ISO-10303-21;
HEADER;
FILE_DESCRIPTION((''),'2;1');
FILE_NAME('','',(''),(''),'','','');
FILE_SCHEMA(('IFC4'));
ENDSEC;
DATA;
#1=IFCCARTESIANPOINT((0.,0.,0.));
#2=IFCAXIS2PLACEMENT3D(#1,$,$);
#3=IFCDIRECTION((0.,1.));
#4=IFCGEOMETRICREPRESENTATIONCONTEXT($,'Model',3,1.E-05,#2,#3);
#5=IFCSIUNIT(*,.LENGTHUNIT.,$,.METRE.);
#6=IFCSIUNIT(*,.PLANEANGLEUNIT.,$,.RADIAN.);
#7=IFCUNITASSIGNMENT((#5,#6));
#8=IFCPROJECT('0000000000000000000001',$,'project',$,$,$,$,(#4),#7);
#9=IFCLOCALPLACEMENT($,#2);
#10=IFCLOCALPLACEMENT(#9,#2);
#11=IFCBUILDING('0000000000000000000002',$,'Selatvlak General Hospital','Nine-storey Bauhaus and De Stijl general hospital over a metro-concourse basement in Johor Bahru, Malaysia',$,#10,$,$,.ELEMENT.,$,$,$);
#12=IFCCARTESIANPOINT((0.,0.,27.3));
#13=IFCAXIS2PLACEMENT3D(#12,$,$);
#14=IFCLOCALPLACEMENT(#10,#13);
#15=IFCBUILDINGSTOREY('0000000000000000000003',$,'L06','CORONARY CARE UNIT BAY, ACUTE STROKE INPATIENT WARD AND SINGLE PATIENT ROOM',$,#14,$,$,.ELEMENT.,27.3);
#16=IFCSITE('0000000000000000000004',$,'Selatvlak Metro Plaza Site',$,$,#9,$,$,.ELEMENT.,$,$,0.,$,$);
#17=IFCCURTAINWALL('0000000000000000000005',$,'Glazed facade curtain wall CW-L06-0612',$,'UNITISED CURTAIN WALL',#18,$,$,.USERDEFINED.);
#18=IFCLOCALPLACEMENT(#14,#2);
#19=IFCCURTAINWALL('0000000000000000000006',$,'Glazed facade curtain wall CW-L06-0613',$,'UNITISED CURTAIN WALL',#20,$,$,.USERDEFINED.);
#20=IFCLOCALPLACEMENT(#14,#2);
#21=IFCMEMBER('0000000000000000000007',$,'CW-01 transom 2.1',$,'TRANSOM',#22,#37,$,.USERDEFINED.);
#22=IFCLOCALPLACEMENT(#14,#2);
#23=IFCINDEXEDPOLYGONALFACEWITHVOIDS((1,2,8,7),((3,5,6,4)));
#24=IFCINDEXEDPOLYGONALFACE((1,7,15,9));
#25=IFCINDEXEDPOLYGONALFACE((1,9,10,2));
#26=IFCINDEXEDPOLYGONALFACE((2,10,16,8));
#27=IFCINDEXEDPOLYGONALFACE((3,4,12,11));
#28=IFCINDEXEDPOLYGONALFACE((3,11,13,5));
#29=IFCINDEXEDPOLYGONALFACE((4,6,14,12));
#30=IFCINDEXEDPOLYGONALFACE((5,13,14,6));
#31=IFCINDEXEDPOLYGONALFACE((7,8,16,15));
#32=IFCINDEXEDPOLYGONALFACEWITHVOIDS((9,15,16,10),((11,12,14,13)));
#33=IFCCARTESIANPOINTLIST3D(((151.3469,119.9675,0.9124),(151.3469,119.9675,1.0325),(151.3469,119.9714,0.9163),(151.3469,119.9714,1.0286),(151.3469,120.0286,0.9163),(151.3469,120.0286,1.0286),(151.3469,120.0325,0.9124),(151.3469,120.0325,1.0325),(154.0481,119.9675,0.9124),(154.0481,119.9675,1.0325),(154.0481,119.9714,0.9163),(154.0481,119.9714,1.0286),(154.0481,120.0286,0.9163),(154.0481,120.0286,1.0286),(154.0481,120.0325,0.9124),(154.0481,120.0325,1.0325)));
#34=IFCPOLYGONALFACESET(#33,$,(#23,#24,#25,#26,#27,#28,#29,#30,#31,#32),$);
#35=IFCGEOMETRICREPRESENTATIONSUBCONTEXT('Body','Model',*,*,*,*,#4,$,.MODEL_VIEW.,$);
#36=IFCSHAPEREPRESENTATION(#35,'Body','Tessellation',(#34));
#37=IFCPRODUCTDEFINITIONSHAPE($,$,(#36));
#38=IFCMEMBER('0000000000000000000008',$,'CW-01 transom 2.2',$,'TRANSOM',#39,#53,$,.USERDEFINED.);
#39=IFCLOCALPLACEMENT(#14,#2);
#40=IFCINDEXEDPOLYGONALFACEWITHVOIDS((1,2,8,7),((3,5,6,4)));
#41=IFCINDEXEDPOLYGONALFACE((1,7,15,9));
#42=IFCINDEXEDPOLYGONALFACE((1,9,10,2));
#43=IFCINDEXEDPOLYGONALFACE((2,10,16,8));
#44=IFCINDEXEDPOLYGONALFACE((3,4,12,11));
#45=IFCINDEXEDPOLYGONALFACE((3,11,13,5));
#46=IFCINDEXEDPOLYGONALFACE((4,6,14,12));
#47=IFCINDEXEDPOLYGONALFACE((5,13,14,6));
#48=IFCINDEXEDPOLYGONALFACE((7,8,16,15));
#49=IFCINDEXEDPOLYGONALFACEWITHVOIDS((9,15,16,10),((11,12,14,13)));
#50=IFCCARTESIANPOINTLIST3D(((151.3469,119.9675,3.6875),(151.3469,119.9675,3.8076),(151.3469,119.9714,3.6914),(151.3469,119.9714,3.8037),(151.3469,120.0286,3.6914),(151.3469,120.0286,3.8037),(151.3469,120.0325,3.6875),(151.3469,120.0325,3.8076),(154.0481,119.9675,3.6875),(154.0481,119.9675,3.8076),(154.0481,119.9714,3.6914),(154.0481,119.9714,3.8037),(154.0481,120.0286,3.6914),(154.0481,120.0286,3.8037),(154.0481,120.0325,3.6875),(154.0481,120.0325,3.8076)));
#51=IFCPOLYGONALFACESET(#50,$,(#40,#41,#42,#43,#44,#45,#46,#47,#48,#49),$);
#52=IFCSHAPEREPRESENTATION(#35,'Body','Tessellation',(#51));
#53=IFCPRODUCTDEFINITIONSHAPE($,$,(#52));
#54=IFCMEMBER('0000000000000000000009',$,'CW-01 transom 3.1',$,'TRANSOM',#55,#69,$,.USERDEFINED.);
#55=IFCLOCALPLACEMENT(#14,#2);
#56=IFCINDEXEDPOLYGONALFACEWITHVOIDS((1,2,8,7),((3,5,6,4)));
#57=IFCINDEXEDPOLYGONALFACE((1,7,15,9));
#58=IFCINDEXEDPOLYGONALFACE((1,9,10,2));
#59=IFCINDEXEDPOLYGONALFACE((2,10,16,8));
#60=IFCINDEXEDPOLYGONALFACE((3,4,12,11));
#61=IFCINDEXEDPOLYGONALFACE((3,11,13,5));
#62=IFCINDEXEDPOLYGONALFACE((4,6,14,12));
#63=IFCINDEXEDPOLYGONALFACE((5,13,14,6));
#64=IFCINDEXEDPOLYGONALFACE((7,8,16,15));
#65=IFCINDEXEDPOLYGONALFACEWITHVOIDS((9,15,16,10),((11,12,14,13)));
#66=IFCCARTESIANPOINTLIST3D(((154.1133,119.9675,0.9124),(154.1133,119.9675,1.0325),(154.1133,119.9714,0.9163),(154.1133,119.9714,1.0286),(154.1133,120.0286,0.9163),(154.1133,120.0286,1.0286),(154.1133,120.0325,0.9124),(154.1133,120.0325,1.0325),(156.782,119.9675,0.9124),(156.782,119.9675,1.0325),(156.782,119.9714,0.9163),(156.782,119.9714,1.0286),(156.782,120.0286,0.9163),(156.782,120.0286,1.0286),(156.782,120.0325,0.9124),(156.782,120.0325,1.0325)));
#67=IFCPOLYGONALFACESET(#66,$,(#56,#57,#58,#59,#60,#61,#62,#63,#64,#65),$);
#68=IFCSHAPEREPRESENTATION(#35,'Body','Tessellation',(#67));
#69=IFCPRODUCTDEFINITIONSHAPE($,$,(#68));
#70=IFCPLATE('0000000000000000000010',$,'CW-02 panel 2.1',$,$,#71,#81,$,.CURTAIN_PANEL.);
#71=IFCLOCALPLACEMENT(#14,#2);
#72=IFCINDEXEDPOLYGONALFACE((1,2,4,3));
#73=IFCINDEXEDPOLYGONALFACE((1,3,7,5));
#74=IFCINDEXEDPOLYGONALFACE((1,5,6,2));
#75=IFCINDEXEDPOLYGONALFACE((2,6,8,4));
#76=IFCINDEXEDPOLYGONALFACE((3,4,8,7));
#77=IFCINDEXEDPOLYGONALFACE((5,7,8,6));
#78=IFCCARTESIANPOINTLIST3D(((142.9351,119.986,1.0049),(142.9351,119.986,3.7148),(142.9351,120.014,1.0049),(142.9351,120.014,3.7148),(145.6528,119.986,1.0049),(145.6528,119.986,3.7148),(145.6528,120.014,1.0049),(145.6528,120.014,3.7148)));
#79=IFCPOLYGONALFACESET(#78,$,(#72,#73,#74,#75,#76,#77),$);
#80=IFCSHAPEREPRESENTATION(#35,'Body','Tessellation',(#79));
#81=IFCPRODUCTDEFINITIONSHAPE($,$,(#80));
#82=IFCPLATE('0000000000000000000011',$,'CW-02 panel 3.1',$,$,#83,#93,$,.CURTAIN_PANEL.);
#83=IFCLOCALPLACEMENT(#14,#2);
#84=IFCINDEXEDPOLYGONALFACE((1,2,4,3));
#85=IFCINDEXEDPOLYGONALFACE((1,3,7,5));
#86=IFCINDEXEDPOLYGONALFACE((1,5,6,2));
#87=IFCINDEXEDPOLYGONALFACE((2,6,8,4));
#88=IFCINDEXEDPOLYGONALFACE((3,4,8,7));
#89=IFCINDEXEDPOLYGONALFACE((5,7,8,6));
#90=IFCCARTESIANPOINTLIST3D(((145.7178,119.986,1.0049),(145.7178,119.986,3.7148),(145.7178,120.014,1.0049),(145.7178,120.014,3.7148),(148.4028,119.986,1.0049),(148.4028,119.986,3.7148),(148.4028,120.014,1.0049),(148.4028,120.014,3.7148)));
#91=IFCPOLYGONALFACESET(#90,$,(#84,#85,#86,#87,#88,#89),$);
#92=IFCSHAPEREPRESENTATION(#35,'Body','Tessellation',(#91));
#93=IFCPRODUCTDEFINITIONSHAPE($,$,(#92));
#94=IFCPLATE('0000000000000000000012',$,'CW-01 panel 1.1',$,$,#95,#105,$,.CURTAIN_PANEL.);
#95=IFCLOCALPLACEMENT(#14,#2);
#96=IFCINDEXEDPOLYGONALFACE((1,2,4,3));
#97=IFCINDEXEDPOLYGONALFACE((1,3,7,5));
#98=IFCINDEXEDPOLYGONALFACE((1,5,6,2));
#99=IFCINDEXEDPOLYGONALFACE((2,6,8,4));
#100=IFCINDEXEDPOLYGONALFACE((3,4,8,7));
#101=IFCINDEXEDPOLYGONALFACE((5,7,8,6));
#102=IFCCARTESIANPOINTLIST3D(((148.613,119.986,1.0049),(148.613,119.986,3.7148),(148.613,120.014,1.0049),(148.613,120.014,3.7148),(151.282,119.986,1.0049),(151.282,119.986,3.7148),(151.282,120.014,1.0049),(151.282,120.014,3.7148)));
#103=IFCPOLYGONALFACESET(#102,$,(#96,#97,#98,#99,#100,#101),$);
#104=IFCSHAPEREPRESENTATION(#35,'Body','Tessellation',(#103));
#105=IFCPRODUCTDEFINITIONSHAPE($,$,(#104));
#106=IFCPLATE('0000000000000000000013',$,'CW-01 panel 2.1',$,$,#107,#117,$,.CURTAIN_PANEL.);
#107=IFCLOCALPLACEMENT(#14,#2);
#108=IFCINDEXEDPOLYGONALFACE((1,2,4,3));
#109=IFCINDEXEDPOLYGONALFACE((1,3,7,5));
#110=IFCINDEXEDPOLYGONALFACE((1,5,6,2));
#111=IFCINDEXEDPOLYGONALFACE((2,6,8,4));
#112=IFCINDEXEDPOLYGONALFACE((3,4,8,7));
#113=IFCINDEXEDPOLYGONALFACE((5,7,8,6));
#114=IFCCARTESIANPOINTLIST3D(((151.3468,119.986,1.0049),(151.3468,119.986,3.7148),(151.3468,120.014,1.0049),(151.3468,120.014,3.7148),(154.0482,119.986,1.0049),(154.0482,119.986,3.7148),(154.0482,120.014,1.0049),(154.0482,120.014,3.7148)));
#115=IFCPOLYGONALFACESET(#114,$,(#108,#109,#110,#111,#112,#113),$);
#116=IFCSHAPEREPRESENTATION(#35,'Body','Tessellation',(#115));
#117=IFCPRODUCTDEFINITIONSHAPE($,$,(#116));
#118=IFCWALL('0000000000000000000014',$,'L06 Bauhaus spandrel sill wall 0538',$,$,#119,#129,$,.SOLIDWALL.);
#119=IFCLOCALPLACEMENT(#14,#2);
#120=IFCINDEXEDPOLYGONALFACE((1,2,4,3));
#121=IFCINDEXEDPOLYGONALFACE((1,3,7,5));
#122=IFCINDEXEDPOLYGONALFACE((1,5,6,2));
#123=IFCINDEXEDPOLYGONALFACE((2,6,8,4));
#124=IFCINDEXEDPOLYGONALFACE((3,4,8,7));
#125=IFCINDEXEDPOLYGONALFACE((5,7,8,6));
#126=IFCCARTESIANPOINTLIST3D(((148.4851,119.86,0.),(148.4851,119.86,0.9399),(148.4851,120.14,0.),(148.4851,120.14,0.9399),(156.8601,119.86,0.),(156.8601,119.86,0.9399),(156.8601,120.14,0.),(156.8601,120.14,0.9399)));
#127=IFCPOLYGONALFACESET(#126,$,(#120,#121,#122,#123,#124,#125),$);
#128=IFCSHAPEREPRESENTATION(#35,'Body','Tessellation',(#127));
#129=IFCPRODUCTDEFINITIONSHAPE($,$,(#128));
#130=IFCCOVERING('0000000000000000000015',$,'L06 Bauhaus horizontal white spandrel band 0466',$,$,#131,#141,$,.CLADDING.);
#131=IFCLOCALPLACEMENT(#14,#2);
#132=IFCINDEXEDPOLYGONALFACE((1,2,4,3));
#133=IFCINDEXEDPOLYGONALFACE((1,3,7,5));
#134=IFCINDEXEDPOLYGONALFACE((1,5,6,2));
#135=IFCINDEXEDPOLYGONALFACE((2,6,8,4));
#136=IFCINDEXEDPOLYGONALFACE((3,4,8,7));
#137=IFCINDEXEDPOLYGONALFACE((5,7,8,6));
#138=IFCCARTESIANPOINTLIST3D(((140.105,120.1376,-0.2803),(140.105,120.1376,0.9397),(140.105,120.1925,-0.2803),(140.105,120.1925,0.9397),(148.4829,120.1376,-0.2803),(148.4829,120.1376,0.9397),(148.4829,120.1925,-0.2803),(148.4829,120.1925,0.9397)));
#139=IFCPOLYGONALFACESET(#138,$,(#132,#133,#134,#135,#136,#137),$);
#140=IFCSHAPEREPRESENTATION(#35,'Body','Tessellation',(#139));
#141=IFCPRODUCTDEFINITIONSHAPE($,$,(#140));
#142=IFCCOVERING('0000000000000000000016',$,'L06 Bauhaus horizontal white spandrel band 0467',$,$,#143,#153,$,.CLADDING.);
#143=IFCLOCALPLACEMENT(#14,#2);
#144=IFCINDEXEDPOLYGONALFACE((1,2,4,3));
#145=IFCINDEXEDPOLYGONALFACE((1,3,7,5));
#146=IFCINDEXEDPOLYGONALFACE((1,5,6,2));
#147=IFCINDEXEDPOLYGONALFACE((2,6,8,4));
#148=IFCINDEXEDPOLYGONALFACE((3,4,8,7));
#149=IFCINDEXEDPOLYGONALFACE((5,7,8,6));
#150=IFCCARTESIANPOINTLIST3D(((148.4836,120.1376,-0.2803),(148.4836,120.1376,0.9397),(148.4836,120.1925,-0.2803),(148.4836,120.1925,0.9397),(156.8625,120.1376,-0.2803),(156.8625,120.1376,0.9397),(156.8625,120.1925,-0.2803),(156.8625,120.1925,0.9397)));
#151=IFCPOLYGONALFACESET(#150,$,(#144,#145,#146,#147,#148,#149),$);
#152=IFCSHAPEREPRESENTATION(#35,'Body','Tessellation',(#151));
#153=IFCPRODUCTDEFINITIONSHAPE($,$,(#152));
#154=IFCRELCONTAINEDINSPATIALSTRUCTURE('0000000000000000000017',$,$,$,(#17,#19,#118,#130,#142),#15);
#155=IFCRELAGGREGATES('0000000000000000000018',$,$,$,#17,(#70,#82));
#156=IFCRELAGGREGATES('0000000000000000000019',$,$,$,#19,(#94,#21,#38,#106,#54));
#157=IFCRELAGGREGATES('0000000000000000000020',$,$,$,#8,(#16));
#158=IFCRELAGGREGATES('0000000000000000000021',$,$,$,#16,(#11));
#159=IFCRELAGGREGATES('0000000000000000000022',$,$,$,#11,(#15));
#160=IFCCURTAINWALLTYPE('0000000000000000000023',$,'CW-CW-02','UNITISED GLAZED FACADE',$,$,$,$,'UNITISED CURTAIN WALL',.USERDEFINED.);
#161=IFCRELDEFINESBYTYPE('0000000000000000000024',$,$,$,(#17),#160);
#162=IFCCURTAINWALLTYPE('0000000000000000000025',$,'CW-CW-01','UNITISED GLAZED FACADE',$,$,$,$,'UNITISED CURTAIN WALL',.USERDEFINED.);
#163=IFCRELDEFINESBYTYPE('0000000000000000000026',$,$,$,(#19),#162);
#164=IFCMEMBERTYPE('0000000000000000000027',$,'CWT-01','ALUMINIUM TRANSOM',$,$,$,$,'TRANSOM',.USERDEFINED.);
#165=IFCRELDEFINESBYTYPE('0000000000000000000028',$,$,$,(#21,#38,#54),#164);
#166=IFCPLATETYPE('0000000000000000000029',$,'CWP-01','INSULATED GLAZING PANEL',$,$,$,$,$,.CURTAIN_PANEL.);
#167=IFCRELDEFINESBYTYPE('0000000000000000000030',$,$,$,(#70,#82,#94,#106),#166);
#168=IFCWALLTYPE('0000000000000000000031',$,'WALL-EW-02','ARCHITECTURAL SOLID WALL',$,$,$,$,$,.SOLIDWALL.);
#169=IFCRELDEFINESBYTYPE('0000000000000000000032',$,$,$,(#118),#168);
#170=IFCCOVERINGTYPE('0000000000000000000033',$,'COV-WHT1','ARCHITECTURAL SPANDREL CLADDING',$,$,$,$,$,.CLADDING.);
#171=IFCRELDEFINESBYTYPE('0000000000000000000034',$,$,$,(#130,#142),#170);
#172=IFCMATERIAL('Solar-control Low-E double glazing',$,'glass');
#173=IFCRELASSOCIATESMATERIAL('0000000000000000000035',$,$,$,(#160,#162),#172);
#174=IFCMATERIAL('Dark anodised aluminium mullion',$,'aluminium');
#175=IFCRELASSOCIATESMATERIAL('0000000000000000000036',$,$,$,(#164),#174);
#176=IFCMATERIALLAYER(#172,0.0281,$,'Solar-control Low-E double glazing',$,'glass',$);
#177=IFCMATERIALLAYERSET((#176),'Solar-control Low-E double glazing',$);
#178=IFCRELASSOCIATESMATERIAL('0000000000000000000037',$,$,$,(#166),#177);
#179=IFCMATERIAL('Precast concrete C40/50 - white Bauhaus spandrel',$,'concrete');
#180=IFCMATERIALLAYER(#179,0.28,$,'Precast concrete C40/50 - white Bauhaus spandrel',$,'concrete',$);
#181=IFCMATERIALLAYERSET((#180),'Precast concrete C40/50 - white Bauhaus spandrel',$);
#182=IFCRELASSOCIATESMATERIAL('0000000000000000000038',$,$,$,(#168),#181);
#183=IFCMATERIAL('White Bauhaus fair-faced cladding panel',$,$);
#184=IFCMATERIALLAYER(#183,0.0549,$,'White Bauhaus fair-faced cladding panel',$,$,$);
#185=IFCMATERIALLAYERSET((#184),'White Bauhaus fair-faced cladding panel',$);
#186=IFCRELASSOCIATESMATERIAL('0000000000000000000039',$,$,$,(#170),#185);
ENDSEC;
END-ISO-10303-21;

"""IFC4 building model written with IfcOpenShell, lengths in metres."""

from ifc_helpers import new_model, si_unit, direction, frame, frame_2d, origin, origin_2d, place, context, subcontext, project, spatial, rectangle, hollow_rectangle, extrude, material, layer, layer_set, material_profile, profile_set, type_object, element, aggregate, save


model = new_model("IFC4")

# Units and contexts
model_context = context("Model", 3, precision=1e-05, world=origin(), true_north=direction((0.0, 1.0)))
body_context = subcontext(model_context, "Body", "Model", "MODEL_VIEW")
ifc_project = project(units=[si_unit("LENGTHUNIT", "METRE"), si_unit("PLANEANGLEUNIT", "RADIAN")], contexts=[model_context])

# Site, building, storey
site_placement = place(None, origin())
site = spatial("IfcSite", under=ifc_project, at=site_placement, Name="Selatvlak Metro Plaza Site", CompositionType="ELEMENT", RefElevation=0.0)
building_placement = place(site_placement, origin())
building = spatial("IfcBuilding", under=site, at=building_placement, Name="Selatvlak General Hospital", Description="Nine-storey Bauhaus and De Stijl general hospital over a metro-concourse basement in Johor Bahru, Malaysia", CompositionType="ELEMENT")
storey_placement = place(building_placement, frame((0.0, 0.0, 27.3)))
storey = spatial("IfcBuildingStorey", under=building, at=storey_placement, Name="L06", Description="CORONARY CARE UNIT BAY, ACUTE STROKE INPATIENT WARD AND SINGLE PATIENT ROOM", CompositionType="ELEMENT", Elevation=27.3)

# Curtain walls
ifc_material_1 = material(Name="Solar-control Low-E double glazing", Category="glass")
curtain_wall_type_1 = type_object("IfcCurtainWallType", Name="CW-CW-02", Description="UNITISED GLAZED FACADE", ElementType="UNITISED CURTAIN WALL", PredefinedType="USERDEFINED", material=ifc_material_1)
curtain_wall_1_placement = place(storey_placement, origin())
curtain_wall_1 = element("IfcCurtainWall", 1, at=curtain_wall_1_placement, inside=storey, type_object=curtain_wall_type_1, Name="Glazed facade curtain wall CW-L06-0612", ObjectType="UNITISED CURTAIN WALL", PredefinedType="USERDEFINED")
ifc_material_2 = material(Name="Dark anodised aluminium mullion", Category="aluminium")
curtain_wall_type_2 = type_object("IfcCurtainWallType", Name="CW-CW-01", Description="UNITISED GLAZED FACADE", ElementType="UNITISED CURTAIN WALL", PredefinedType="USERDEFINED", material=ifc_material_1)
curtain_wall_2_placement = place(storey_placement, origin())
curtain_wall_2 = element("IfcCurtainWall", 2, at=curtain_wall_2_placement, inside=storey, type_object=curtain_wall_type_2, Name="Glazed facade curtain wall CW-L06-0613", ObjectType="UNITISED CURTAIN WALL", PredefinedType="USERDEFINED")

# Members
ifc_material_profile_1 = material_profile(ifc_material_2, hollow_rectangle(XDim=0.0649, YDim=0.1201, WallThickness=0.0039, at=origin_2d()), Name="AL-TRN 65x120x4")
ifc_profile_set_1 = profile_set([ifc_material_profile_1], Name="Dark anodised aluminium mullion")
member_type_1 = type_object("IfcMemberType", Name="CWT-01", Description="ALUMINIUM TRANSOM", ElementType="TRANSOM", PredefinedType="USERDEFINED", material=ifc_profile_set_1)
member_1_placement = place(storey_placement, frame((151.3469, 120.0, 0.9724), z_axis=(1.0, 0.0, 0.0), x_axis=(0.0, 1.0, 0.0)))
member_1 = element("IfcMember", 3, at=member_1_placement, type_object=member_type_1, Name="CW-01 transom 2.1", ObjectType="TRANSOM", PredefinedType="USERDEFINED", context=body_context, shape_type="SweptSolid", body=[
    extrude(hollow_rectangle(XDim=0.0649, YDim=0.1201, WallThickness=0.0039, at=origin_2d()), origin(), (0.0, 0.0, 1.0), 2.7012),
])
member_2_placement = place(storey_placement, frame((151.3469, 120.0, 3.7476), z_axis=(1.0, 0.0, 0.0), x_axis=(0.0, 1.0, 0.0)))
member_2 = element("IfcMember", 4, at=member_2_placement, type_object=member_type_1, Name="CW-01 transom 2.2", ObjectType="TRANSOM", PredefinedType="USERDEFINED", context=body_context, shape_type="SweptSolid", body=[
    extrude(hollow_rectangle(XDim=0.0649, YDim=0.1201, WallThickness=0.0039, at=origin_2d()), origin(), (0.0, 0.0, 1.0), 2.7012),
])
member_3_placement = place(storey_placement, frame((154.1133, 120.0, 0.9724), z_axis=(1.0, 0.0, 0.0), x_axis=(0.0, 1.0, 0.0)))
member_3 = element("IfcMember", 5, at=member_3_placement, type_object=member_type_1, Name="CW-01 transom 3.1", ObjectType="TRANSOM", PredefinedType="USERDEFINED", context=body_context, shape_type="SweptSolid", body=[
    extrude(hollow_rectangle(XDim=0.0649, YDim=0.1201, WallThickness=0.0039, at=origin_2d()), origin(), (0.0, 0.0, 1.0), 2.6687),
])

# Plates
ifc_layer_1 = layer(ifc_material_1, 0.0281, Name="Solar-control Low-E double glazing", Category="glass")
ifc_layer_set_1 = layer_set([ifc_layer_1], Name="Solar-control Low-E double glazing")
plate_type = type_object("IfcPlateType", Name="CWP-01", Description="INSULATED GLAZING PANEL", PredefinedType="CURTAIN_PANEL", material=ifc_layer_set_1)
plate_1_placement = place(storey_placement, frame((144.2939, 120.0, 1.0049), z_axis=(0.0, 0.0, 1.0), x_axis=(1.0, 0.0, 0.0)))
plate_1 = element("IfcPlate", 6, at=plate_1_placement, type_object=plate_type, Name="CW-02 panel 2.1", PredefinedType="CURTAIN_PANEL", context=body_context, shape_type="SweptSolid", body=[
    extrude(rectangle(XDim=2.7178, YDim=0.0281, at=origin_2d()), origin(), (0.0, 0.0, 1.0), 2.71),
])
plate_2_placement = place(storey_placement, frame((147.0603, 120.0, 1.0049), z_axis=(0.0, 0.0, 1.0), x_axis=(1.0, 0.0, 0.0)))
plate_2 = element("IfcPlate", 7, at=plate_2_placement, type_object=plate_type, Name="CW-02 panel 3.1", PredefinedType="CURTAIN_PANEL", context=body_context, shape_type="SweptSolid", body=[
    extrude(rectangle(XDim=2.6851, YDim=0.0281, at=origin_2d()), origin(), (0.0, 0.0, 1.0), 2.71),
])
aggregate(curtain_wall_1, [plate_1, plate_2])
plate_3_placement = place(storey_placement, frame((149.9475, 120.0, 1.0049), z_axis=(0.0, 0.0, 1.0), x_axis=(1.0, 0.0, 0.0)))
plate_3 = element("IfcPlate", 8, at=plate_3_placement, type_object=plate_type, Name="CW-01 panel 1.1", PredefinedType="CURTAIN_PANEL", context=body_context, shape_type="SweptSolid", body=[
    extrude(rectangle(XDim=2.6689, YDim=0.0281, at=origin_2d()), origin(), (0.0, 0.0, 1.0), 2.71),
])
plate_4_placement = place(storey_placement, frame((152.6975, 120.0, 1.0049), z_axis=(0.0, 0.0, 1.0), x_axis=(1.0, 0.0, 0.0)))
plate_4 = element("IfcPlate", 9, at=plate_4_placement, type_object=plate_type, Name="CW-01 panel 2.1", PredefinedType="CURTAIN_PANEL", context=body_context, shape_type="SweptSolid", body=[
    extrude(rectangle(XDim=2.7014, YDim=0.0281, at=origin_2d()), origin(), (0.0, 0.0, 1.0), 2.71),
])
aggregate(curtain_wall_2, [plate_3, member_1, member_2, plate_4, member_3])

# Wall
ifc_material_3 = material(Name="Precast concrete C40/50 - white Bauhaus spandrel", Category="concrete")
ifc_layer_2 = layer(ifc_material_3, 0.28, Name="Precast concrete C40/50 - white Bauhaus spandrel", Category="concrete")
ifc_layer_set_2 = layer_set([ifc_layer_2], Name="Precast concrete C40/50 - white Bauhaus spandrel")
wall_type = type_object("IfcWallType", Name="WALL-EW-02", Description="ARCHITECTURAL SOLID WALL", PredefinedType="SOLIDWALL", material=ifc_layer_set_2)
wall_placement = place(storey_placement, frame((148.4851, 120.0, 0.0), z_axis=(0.0, 0.0, 1.0), x_axis=(1.0, 0.0, 0.0)))
element("IfcWall", 10, at=wall_placement, inside=storey, type_object=wall_type, Name="L06 Bauhaus spandrel sill wall 0538", PredefinedType="SOLIDWALL", context=body_context, shape_type="SweptSolid", body=[
    extrude(rectangle(XDim=8.375, YDim=0.28, at=frame_2d((4.1875, 0.0))), origin(), (0.0, 0.0, 1.0), 0.9399),
])

# Coverings
ifc_material_4 = material(Name="White Bauhaus fair-faced cladding panel")
ifc_layer_3 = layer(ifc_material_4, 0.0549, Name="White Bauhaus fair-faced cladding panel")
ifc_layer_set_3 = layer_set([ifc_layer_3], Name="White Bauhaus fair-faced cladding panel")
covering_type = type_object("IfcCoveringType", Name="COV-WHT1", Description="ARCHITECTURAL SPANDREL CLADDING", PredefinedType="CLADDING", material=ifc_layer_set_3)
covering_1_placement = place(storey_placement, frame((144.2939, 120.165, -0.2803), z_axis=(0.0, 0.0, 1.0), x_axis=(1.0, 0.0, 0.0)))
element("IfcCovering", 11, at=covering_1_placement, inside=storey, type_object=covering_type, Name="L06 Bauhaus horizontal white spandrel band 0466", PredefinedType="CLADDING", context=body_context, shape_type="SweptSolid", body=[
    extrude(rectangle(XDim=8.3779, YDim=0.0549, at=origin_2d()), origin(), (0.0, 0.0, 1.0), 1.22),
])
covering_2_placement = place(storey_placement, frame((152.6731, 120.165, -0.2803), z_axis=(0.0, 0.0, 1.0), x_axis=(1.0, 0.0, 0.0)))
element("IfcCovering", 12, at=covering_2_placement, inside=storey, type_object=covering_type, Name="L06 Bauhaus horizontal white spandrel band 0467", PredefinedType="CLADDING", context=body_context, shape_type="SweptSolid", body=[
    extrude(rectangle(XDim=8.3789, YDim=0.0549, at=origin_2d()), origin(), (0.0, 0.0, 1.0), 1.22),
])

save(model, "model.ifc")
